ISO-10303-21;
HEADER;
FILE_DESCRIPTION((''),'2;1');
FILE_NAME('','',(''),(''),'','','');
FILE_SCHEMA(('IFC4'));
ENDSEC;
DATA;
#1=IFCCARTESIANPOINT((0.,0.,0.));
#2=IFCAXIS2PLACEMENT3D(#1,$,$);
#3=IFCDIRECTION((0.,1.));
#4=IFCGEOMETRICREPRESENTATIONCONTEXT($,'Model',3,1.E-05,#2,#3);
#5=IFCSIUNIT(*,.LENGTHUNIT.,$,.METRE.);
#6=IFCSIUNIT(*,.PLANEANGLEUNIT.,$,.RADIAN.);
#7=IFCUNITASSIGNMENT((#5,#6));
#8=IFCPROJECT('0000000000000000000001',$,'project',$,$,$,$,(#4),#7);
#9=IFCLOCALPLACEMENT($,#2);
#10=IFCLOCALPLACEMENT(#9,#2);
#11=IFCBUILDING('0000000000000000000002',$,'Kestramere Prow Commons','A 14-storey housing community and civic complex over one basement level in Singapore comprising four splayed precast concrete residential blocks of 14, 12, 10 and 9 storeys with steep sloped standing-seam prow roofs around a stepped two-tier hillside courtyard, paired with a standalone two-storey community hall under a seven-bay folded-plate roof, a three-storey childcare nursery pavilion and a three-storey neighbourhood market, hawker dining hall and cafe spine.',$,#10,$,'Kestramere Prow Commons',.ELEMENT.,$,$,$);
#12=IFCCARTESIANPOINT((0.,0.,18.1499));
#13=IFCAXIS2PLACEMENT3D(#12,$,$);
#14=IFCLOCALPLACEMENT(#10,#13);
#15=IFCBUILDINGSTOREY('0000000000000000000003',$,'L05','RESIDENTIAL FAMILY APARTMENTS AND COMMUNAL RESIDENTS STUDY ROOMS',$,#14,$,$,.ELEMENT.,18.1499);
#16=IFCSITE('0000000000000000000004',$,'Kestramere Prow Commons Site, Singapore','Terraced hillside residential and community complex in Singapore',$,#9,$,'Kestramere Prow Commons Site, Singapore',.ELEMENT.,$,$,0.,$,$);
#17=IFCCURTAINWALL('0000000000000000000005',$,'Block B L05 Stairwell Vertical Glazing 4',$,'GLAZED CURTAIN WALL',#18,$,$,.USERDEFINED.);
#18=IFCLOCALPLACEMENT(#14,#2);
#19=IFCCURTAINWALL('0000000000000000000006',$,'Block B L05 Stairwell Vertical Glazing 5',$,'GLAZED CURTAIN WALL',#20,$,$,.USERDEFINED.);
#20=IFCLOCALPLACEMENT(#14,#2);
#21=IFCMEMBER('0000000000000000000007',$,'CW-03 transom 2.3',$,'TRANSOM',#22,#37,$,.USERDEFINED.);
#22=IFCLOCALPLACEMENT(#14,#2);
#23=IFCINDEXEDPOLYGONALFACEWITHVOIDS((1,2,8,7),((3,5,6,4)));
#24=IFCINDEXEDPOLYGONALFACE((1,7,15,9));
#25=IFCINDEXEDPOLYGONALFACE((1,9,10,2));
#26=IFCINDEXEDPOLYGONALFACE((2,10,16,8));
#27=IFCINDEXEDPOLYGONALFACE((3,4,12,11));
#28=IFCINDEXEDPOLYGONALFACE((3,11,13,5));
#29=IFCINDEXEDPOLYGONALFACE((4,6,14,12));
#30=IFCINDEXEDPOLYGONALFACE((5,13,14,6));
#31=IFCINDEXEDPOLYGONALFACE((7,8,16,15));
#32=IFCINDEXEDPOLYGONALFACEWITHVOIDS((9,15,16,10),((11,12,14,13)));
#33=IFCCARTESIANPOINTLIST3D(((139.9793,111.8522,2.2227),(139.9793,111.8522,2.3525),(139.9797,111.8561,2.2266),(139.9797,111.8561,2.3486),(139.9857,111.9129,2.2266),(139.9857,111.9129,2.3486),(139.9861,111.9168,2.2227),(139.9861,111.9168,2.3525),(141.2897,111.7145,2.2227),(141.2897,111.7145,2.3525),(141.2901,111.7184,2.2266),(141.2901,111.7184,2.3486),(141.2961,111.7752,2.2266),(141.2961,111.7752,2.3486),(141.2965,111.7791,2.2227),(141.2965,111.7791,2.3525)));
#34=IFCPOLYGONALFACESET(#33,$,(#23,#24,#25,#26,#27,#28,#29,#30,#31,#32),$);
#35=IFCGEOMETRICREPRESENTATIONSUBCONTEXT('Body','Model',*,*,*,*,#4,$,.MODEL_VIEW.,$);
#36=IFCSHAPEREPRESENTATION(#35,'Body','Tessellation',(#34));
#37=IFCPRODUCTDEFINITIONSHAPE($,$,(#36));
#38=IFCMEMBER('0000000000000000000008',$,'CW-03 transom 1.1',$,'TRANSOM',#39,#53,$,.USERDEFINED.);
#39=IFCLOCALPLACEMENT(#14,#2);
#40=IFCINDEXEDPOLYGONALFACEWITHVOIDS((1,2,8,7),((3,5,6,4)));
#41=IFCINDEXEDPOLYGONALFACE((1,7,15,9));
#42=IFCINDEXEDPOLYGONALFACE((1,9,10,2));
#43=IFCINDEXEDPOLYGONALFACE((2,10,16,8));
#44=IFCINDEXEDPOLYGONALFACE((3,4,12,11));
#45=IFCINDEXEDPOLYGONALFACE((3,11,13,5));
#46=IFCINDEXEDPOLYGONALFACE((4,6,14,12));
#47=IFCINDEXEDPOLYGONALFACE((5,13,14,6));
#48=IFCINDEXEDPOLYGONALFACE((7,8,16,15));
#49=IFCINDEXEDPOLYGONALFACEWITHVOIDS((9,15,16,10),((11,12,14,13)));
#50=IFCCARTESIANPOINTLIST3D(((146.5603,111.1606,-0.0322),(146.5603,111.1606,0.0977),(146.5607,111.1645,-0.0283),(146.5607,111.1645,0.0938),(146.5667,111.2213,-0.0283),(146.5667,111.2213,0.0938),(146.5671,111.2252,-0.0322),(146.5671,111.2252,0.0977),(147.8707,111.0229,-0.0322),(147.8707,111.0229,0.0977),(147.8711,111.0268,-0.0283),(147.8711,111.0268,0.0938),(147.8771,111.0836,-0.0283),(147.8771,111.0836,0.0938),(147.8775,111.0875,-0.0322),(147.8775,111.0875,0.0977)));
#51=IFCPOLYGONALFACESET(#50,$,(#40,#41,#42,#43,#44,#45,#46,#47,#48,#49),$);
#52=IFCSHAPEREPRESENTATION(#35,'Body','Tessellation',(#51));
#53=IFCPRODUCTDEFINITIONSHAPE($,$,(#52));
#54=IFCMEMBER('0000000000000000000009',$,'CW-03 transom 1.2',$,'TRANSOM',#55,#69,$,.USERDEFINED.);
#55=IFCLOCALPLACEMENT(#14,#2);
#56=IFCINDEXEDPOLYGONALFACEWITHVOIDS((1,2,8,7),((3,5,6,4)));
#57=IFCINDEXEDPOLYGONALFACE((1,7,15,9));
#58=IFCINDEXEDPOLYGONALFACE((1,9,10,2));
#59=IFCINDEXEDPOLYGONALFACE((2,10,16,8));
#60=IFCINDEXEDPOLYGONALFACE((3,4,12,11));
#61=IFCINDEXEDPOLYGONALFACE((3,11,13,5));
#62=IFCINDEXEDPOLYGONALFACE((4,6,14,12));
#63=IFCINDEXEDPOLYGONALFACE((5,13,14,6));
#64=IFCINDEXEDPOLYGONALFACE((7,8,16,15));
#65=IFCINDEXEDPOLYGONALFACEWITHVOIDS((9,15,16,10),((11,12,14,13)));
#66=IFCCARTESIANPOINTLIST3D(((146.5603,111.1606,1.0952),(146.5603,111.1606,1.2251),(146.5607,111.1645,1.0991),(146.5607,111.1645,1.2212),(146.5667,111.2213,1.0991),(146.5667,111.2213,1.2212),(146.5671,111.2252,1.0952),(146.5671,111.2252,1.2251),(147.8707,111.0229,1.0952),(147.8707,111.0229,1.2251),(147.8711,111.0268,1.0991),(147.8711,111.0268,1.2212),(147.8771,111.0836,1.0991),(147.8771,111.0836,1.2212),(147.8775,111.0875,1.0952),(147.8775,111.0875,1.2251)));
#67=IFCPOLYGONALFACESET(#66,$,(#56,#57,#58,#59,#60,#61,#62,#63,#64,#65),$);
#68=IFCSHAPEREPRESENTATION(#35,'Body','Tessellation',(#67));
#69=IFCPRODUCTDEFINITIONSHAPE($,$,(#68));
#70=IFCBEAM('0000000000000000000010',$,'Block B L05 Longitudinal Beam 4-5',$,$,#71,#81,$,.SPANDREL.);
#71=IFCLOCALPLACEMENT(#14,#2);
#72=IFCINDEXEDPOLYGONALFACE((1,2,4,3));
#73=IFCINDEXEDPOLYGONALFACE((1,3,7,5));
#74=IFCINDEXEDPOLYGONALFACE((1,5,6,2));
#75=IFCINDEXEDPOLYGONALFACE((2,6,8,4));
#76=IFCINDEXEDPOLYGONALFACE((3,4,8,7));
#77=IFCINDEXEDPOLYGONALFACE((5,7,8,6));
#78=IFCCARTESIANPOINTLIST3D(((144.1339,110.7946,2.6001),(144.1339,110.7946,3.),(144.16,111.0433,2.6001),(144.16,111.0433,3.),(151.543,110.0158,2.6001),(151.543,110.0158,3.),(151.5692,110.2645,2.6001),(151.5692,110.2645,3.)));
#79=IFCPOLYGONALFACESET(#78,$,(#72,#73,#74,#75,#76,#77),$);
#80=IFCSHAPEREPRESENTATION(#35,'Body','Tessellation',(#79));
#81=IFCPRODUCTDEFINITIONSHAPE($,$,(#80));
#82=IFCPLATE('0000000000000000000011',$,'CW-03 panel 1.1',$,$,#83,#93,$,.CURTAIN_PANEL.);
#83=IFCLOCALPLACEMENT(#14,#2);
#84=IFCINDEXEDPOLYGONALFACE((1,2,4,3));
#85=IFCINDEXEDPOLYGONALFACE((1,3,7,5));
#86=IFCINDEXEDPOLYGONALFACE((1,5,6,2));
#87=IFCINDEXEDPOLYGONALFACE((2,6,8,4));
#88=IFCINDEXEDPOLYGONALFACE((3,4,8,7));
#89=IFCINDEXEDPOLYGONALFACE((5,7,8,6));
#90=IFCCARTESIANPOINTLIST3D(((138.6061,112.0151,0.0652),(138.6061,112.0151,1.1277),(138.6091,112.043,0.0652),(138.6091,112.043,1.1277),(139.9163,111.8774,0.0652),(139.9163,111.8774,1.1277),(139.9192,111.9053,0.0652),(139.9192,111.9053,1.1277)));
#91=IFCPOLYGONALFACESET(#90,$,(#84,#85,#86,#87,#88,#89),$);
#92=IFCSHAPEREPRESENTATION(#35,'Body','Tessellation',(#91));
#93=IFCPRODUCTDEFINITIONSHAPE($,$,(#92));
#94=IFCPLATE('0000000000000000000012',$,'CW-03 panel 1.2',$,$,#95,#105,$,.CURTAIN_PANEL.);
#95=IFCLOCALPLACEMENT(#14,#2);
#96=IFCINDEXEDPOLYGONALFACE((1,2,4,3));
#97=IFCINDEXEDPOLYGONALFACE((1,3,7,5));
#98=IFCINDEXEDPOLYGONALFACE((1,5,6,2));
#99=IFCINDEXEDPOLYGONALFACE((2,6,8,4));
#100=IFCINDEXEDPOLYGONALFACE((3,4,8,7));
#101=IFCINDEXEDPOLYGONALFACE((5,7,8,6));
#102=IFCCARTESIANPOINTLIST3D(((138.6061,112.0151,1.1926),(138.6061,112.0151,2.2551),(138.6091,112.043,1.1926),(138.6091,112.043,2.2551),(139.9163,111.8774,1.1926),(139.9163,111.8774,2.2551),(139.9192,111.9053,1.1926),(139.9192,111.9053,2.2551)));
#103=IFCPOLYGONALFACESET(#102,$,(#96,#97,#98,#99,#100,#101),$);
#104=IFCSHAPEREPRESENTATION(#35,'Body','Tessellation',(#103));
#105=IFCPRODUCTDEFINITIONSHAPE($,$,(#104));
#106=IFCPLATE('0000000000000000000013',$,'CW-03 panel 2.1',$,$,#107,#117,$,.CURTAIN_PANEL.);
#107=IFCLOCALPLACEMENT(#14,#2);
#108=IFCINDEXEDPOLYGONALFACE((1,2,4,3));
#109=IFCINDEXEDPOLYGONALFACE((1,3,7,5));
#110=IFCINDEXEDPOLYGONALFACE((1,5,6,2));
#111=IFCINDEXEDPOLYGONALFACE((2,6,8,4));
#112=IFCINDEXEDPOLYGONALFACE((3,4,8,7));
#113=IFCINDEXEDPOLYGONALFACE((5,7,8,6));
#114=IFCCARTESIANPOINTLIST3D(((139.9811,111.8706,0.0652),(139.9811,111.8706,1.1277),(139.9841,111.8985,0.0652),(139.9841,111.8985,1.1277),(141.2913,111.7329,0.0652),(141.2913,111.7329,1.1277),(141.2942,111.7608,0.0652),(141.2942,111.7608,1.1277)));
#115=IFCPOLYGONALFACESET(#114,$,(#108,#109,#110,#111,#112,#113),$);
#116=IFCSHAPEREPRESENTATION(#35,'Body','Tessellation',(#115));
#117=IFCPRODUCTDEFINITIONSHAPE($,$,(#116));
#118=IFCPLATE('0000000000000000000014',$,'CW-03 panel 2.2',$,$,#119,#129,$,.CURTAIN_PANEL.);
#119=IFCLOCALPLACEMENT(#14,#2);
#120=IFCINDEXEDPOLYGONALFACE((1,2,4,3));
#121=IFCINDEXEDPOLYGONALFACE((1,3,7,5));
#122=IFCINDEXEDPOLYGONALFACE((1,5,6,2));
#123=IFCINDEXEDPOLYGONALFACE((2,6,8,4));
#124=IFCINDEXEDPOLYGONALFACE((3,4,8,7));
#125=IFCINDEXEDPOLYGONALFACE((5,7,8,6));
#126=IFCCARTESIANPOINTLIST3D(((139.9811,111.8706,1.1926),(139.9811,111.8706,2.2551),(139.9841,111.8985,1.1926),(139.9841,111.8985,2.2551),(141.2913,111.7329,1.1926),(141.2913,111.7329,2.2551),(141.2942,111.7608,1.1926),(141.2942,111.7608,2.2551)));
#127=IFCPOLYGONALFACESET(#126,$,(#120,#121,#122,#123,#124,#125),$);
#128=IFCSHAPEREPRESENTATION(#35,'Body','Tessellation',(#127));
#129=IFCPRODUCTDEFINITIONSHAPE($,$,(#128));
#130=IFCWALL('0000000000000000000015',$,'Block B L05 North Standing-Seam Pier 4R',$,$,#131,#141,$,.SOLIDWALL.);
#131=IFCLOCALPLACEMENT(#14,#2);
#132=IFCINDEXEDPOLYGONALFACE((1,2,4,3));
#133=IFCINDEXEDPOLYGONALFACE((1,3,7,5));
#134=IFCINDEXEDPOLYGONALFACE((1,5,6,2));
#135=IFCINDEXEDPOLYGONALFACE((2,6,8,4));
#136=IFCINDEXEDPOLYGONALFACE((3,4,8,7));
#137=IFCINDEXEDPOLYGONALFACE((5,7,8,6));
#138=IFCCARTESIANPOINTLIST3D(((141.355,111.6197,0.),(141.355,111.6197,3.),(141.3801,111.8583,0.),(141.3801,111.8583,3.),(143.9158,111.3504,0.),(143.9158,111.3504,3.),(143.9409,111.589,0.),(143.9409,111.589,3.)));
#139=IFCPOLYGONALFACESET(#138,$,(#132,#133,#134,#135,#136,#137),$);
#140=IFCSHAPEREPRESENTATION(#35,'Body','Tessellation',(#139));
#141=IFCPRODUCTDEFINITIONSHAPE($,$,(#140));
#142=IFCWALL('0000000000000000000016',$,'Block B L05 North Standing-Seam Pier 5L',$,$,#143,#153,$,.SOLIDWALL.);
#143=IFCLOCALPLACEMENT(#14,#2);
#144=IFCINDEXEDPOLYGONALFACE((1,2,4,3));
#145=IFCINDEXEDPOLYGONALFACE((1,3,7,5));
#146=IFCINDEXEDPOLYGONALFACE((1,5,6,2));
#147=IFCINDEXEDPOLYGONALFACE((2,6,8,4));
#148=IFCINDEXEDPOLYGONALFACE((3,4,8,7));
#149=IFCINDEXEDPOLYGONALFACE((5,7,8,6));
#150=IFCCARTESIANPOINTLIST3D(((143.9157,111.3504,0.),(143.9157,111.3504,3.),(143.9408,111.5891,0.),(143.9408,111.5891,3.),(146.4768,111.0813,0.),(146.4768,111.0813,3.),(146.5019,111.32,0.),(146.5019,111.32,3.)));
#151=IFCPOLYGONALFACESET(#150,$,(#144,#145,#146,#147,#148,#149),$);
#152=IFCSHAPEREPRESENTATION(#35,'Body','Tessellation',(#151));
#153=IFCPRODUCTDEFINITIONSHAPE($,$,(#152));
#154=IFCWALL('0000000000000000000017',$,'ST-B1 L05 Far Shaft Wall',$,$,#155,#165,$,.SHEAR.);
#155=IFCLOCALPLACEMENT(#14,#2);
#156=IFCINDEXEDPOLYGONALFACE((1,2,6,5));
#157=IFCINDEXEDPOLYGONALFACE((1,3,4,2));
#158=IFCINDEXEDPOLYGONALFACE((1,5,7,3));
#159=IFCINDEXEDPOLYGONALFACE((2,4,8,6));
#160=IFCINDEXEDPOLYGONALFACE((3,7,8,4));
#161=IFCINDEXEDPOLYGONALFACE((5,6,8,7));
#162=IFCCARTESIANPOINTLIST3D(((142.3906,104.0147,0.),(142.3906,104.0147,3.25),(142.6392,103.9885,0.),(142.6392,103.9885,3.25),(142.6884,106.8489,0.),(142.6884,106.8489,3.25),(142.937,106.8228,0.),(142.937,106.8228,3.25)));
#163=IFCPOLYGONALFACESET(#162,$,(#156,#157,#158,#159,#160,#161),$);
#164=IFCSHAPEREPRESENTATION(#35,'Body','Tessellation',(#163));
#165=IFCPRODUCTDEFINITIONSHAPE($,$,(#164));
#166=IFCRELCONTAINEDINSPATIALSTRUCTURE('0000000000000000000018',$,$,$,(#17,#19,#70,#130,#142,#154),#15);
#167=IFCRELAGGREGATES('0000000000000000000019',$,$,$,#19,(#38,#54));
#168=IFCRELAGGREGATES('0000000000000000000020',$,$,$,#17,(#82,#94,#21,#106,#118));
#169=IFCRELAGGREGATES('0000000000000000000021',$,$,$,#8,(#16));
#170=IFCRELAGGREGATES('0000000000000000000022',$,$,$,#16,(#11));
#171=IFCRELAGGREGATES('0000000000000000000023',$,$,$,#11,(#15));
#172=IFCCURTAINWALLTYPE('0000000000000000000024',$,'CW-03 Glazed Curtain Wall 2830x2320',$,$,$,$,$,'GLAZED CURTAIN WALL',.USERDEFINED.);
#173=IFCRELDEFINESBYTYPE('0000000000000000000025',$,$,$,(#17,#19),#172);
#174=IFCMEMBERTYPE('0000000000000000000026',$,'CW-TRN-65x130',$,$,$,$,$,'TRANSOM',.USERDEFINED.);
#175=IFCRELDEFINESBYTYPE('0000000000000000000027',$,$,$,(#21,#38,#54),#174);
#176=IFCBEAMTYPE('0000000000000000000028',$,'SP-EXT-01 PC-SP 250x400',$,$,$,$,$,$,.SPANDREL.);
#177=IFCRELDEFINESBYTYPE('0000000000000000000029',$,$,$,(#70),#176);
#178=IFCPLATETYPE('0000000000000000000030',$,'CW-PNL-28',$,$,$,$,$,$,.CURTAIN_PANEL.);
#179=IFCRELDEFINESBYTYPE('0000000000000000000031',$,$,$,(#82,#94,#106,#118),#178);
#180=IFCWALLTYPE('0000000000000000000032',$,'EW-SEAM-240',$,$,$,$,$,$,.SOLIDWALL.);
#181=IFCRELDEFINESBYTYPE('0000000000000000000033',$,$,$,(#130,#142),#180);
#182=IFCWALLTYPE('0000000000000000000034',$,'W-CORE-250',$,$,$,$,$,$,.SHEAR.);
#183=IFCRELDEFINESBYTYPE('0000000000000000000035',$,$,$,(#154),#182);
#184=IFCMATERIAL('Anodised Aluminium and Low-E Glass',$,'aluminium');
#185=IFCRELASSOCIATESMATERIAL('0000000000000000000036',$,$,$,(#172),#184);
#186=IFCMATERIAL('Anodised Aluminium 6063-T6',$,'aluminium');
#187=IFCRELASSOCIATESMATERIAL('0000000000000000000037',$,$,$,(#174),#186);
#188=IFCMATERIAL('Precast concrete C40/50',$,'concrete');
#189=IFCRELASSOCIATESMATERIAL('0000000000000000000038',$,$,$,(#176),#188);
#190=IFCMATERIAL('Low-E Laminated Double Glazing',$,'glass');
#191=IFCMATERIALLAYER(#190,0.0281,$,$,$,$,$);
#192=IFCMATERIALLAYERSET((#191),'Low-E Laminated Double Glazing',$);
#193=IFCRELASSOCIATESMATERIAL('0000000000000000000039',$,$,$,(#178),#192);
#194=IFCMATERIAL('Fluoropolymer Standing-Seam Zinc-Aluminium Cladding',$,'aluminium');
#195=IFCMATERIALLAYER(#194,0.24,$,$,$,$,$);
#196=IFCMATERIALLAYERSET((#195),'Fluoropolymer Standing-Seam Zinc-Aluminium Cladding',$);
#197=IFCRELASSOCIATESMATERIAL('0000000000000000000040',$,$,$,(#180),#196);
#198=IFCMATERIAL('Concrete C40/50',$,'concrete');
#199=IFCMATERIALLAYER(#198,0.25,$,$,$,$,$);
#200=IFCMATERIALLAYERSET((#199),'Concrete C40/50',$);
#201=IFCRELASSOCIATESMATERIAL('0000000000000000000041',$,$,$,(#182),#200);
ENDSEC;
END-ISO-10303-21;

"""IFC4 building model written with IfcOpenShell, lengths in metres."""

from ifc_helpers import new_model, si_unit, direction, frame, frame_2d, origin, origin_2d, place, context, subcontext, project, spatial, rectangle, hollow_rectangle, extrude, material, layer, layer_set, material_profile, profile_set, type_object, element, aggregate, save


model = new_model("IFC4")

# Units and contexts
model_context = context("Model", 3, precision=1e-05, world=origin(), true_north=direction((0.0, 1.0)))
body_context = subcontext(model_context, "Body", "Model", "MODEL_VIEW")
ifc_project = project(units=[si_unit("LENGTHUNIT", "METRE"), si_unit("PLANEANGLEUNIT", "RADIAN")], contexts=[model_context])

# Site, building, storey
site_placement = place(None, origin())
site = spatial("IfcSite", under=ifc_project, at=site_placement, Name="Kestramere Prow Commons Site, Singapore", Description="Terraced hillside residential and community complex in Singapore", LongName="Kestramere Prow Commons Site, Singapore", CompositionType="ELEMENT", RefElevation=0.0)
building_placement = place(site_placement, origin())
building = spatial("IfcBuilding", under=site, at=building_placement, Name="Kestramere Prow Commons", Description="A 14-storey housing community and civic complex over one basement level in Singapore comprising four splayed precast concrete residential blocks of 14, 12, 10 and 9 storeys with steep sloped standing-seam prow roofs around a stepped two-tier hillside courtyard, paired with a standalone two-storey community hall under a seven-bay folded-plate roof, a three-storey childcare nursery pavilion and a three-storey neighbourhood market, hawker dining hall and cafe spine.", LongName="Kestramere Prow Commons", CompositionType="ELEMENT")
storey_placement = place(building_placement, frame((0.0, 0.0, 18.1499)))
storey = spatial("IfcBuildingStorey", under=building, at=storey_placement, Name="L05", Description="RESIDENTIAL FAMILY APARTMENTS AND COMMUNAL RESIDENTS STUDY ROOMS", CompositionType="ELEMENT", Elevation=18.1499)

# Shared definitions
ifc_material_1 = material(Name="Precast concrete C40/50", Category="concrete")

# Shared definitions
ifc_material_2 = material(Name="Concrete C40/50", Category="concrete")

# Curtain wall
ifc_material_3 = material(Name="Anodised Aluminium and Low-E Glass", Category="aluminium")
curtain_wall_type = type_object("IfcCurtainWallType", Name="CW-03 Glazed Curtain Wall 2830x2320", ElementType="GLAZED CURTAIN WALL", PredefinedType="USERDEFINED", material=ifc_material_3)
curtain_wall_1_placement = place(storey_placement, origin())
curtain_wall_1 = element("IfcCurtainWall", 1, at=curtain_wall_1_placement, inside=storey, type_object=curtain_wall_type, Name="Block B L05 Stairwell Vertical Glazing 4", ObjectType="GLAZED CURTAIN WALL", PredefinedType="USERDEFINED")
ifc_material_4 = material(Name="Anodised Aluminium 6063-T6", Category="aluminium")

# Curtain wall
curtain_wall_2_placement = place(storey_placement, origin())
curtain_wall_2 = element("IfcCurtainWall", 2, at=curtain_wall_2_placement, inside=storey, type_object=curtain_wall_type, Name="Block B L05 Stairwell Vertical Glazing 5", ObjectType="GLAZED CURTAIN WALL", PredefinedType="USERDEFINED")

# Members
ifc_material_profile_1 = material_profile(ifc_material_4, hollow_rectangle(XDim=0.0649, YDim=0.1299, WallThickness=0.0039, at=origin_2d()), Name="ALU-TRN 65x130")
ifc_profile_set_1 = profile_set([ifc_material_profile_1], Name="Anodised Aluminium 6063-T6")
member_type_1 = type_object("IfcMemberType", Name="CW-TRN-65x130", ElementType="TRANSOM", PredefinedType="USERDEFINED", material=ifc_profile_set_1)
member_1_placement = place(storey_placement, frame((139.9827, 111.8845, 2.2876), z_axis=(0.994524, -0.104511, 0.0), x_axis=(0.104511, 0.994524, 0.0)))
member_1 = element("IfcMember", 3, at=member_1_placement, type_object=member_type_1, Name="CW-03 transom 2.3", ObjectType="TRANSOM", PredefinedType="USERDEFINED", context=body_context, shape_type="SweptSolid", body=[
    extrude(hollow_rectangle(XDim=0.0649, YDim=0.1299, WallThickness=0.0039, at=origin_2d()), origin(), (0.0, 0.0, 1.0), 1.3176),
])
member_2_placement = place(storey_placement, frame((146.5637, 111.1929, 0.0327), z_axis=(0.994524, -0.104511, 0.0), x_axis=(0.104511, 0.994524, 0.0)))
member_2 = element("IfcMember", 4, at=member_2_placement, type_object=member_type_1, Name="CW-03 transom 1.1", ObjectType="TRANSOM", PredefinedType="USERDEFINED", context=body_context, shape_type="SweptSolid", body=[
    extrude(hollow_rectangle(XDim=0.0649, YDim=0.1299, WallThickness=0.0039, at=origin_2d()), origin(), (0.0, 0.0, 1.0), 1.3176),
])
member_3_placement = place(storey_placement, frame((146.5637, 111.1929, 1.1602), z_axis=(0.994524, -0.104511, 0.0), x_axis=(0.104511, 0.994524, 0.0)))
member_3 = element("IfcMember", 5, at=member_3_placement, type_object=member_type_1, Name="CW-03 transom 1.2", ObjectType="TRANSOM", PredefinedType="USERDEFINED", context=body_context, shape_type="SweptSolid", body=[
    extrude(hollow_rectangle(XDim=0.0649, YDim=0.1299, WallThickness=0.0039, at=origin_2d()), origin(), (0.0, 0.0, 1.0), 1.3176),
])
aggregate(curtain_wall_2, [member_2, member_3])

# Beam
ifc_material_profile_2 = material_profile(ifc_material_1, rectangle(XDim=0.25, YDim=0.3999, at=origin_2d()), Name="PC-SP 250x400")
ifc_profile_set_2 = profile_set([ifc_material_profile_2], Name="Precast concrete C40/50")
beam_type_1 = type_object("IfcBeamType", Name="SP-EXT-01 PC-SP 250x400", PredefinedType="SPANDREL", material=ifc_profile_set_2)
beam_1_placement = place(storey_placement, frame((144.147, 110.9189, 2.8), z_axis=(0.994521, -0.104538, 0.0), x_axis=(0.104538, 0.994521, 0.0)))
element("IfcBeam", 6, at=beam_1_placement, inside=storey, type_object=beam_type_1, Name="Block B L05 Longitudinal Beam 4-5", PredefinedType="SPANDREL", context=body_context, shape_type="SweptSolid", body=[
    extrude(rectangle(XDim=0.25, YDim=0.3999, at=origin_2d()), origin(), (0.0, 0.0, 1.0), 7.45),
])

# Plates
ifc_material_5 = material(Name="Low-E Laminated Double Glazing", Category="glass")
ifc_layer_1 = layer(ifc_material_5, 0.0281)
ifc_layer_set_1 = layer_set([ifc_layer_1], Name="Low-E Laminated Double Glazing")
plate_type = type_object("IfcPlateType", Name="CW-PNL-28", PredefinedType="CURTAIN_PANEL", material=ifc_layer_set_1)
plate_1_placement = place(storey_placement, frame((139.2627, 111.9602, 0.0652), z_axis=(0.0, 0.0, 1.0), x_axis=(0.994522, -0.104529, 0.0)))
plate_1 = element("IfcPlate", 7, at=plate_1_placement, type_object=plate_type, Name="CW-03 panel 1.1", PredefinedType="CURTAIN_PANEL", context=body_context, shape_type="SweptSolid", body=[
    extrude(rectangle(XDim=1.3174, YDim=0.0281, at=origin_2d()), origin(), (0.0, 0.0, 1.0), 1.0625),
])
plate_2_placement = place(storey_placement, frame((139.2627, 111.9602, 1.1926), z_axis=(0.0, 0.0, 1.0), x_axis=(0.994522, -0.104529, 0.0)))
plate_2 = element("IfcPlate", 8, at=plate_2_placement, type_object=plate_type, Name="CW-03 panel 1.2", PredefinedType="CURTAIN_PANEL", context=body_context, shape_type="SweptSolid", body=[
    extrude(rectangle(XDim=1.3174, YDim=0.0281, at=origin_2d()), origin(), (0.0, 0.0, 1.0), 1.0625),
])
plate_3_placement = place(storey_placement, frame((140.6377, 111.8157, 0.0652), z_axis=(0.0, 0.0, 1.0), x_axis=(0.994522, -0.104529, 0.0)))
plate_3 = element("IfcPlate", 9, at=plate_3_placement, type_object=plate_type, Name="CW-03 panel 2.1", PredefinedType="CURTAIN_PANEL", context=body_context, shape_type="SweptSolid", body=[
    extrude(rectangle(XDim=1.3174, YDim=0.0281, at=origin_2d()), origin(), (0.0, 0.0, 1.0), 1.0625),
])
plate_4_placement = place(storey_placement, frame((140.6377, 111.8157, 1.1926), z_axis=(0.0, 0.0, 1.0), x_axis=(0.994522, -0.104529, 0.0)))
plate_4 = element("IfcPlate", 10, at=plate_4_placement, type_object=plate_type, Name="CW-03 panel 2.2", PredefinedType="CURTAIN_PANEL", context=body_context, shape_type="SweptSolid", body=[
    extrude(rectangle(XDim=1.3174, YDim=0.0281, at=origin_2d()), origin(), (0.0, 0.0, 1.0), 1.0625),
])
aggregate(curtain_wall_1, [plate_1, plate_2, member_1, plate_3, plate_4])

# Walls
ifc_material_6 = material(Name="Fluoropolymer Standing-Seam Zinc-Aluminium Cladding", Category="aluminium")
ifc_layer_2 = layer(ifc_material_6, 0.24)
ifc_layer_set_2 = layer_set([ifc_layer_2], Name="Fluoropolymer Standing-Seam Zinc-Aluminium Cladding")
wall_type_1 = type_object("IfcWallType", Name="EW-SEAM-240", PredefinedType="SOLIDWALL", material=ifc_layer_set_2)
wall_1_placement = place(storey_placement, frame((141.3674, 111.739, 0.0), z_axis=(0.0, 0.0, 1.0), x_axis=(0.994516, -0.104581, 0.0)))
element("IfcWall", 11, at=wall_1_placement, inside=storey, type_object=wall_type_1, Name="Block B L05 North Standing-Seam Pier 4R", PredefinedType="SOLIDWALL", context=body_context, shape_type="SweptSolid", body=[
    extrude(rectangle(XDim=2.575, YDim=0.24, at=frame_2d((1.2876, 0.0))), origin(), (0.0, 0.0, 1.0), 3.0),
])
wall_2_placement = place(storey_placement, frame((143.9282, 111.4697, 0.0), z_axis=(0.0, 0.0, 1.0), x_axis=(0.994527, -0.104478, 0.0)))
element("IfcWall", 12, at=wall_2_placement, inside=storey, type_object=wall_type_1, Name="Block B L05 North Standing-Seam Pier 5L", PredefinedType="SOLIDWALL", context=body_context, shape_type="SweptSolid", body=[
    extrude(rectangle(XDim=2.5752, YDim=0.24, at=frame_2d((1.2876, 0.0))), origin(), (0.0, 0.0, 1.0), 3.0),
])
ifc_layer_3 = layer(ifc_material_2, 0.25)
ifc_layer_set_3 = layer_set([ifc_layer_3], Name="Concrete C40/50")
wall_type_2 = type_object("IfcWallType", Name="W-CORE-250", PredefinedType="SHEAR", material=ifc_layer_set_3)
wall_3_placement = place(storey_placement, frame((142.5149, 104.0017, 0.0), z_axis=(0.0, 0.0, 1.0), x_axis=(0.104515, 0.994523, 0.0)))
element("IfcWall", 13, at=wall_3_placement, inside=storey, type_object=wall_type_2, Name="ST-B1 L05 Far Shaft Wall", PredefinedType="SHEAR", context=body_context, shape_type="SweptSolid", body=[
    extrude(rectangle(XDim=2.8499, YDim=0.25, at=frame_2d((1.4248, 0.0))), origin(), (0.0, 0.0, 1.0), 3.25),
])

save(model, "model.ifc")
